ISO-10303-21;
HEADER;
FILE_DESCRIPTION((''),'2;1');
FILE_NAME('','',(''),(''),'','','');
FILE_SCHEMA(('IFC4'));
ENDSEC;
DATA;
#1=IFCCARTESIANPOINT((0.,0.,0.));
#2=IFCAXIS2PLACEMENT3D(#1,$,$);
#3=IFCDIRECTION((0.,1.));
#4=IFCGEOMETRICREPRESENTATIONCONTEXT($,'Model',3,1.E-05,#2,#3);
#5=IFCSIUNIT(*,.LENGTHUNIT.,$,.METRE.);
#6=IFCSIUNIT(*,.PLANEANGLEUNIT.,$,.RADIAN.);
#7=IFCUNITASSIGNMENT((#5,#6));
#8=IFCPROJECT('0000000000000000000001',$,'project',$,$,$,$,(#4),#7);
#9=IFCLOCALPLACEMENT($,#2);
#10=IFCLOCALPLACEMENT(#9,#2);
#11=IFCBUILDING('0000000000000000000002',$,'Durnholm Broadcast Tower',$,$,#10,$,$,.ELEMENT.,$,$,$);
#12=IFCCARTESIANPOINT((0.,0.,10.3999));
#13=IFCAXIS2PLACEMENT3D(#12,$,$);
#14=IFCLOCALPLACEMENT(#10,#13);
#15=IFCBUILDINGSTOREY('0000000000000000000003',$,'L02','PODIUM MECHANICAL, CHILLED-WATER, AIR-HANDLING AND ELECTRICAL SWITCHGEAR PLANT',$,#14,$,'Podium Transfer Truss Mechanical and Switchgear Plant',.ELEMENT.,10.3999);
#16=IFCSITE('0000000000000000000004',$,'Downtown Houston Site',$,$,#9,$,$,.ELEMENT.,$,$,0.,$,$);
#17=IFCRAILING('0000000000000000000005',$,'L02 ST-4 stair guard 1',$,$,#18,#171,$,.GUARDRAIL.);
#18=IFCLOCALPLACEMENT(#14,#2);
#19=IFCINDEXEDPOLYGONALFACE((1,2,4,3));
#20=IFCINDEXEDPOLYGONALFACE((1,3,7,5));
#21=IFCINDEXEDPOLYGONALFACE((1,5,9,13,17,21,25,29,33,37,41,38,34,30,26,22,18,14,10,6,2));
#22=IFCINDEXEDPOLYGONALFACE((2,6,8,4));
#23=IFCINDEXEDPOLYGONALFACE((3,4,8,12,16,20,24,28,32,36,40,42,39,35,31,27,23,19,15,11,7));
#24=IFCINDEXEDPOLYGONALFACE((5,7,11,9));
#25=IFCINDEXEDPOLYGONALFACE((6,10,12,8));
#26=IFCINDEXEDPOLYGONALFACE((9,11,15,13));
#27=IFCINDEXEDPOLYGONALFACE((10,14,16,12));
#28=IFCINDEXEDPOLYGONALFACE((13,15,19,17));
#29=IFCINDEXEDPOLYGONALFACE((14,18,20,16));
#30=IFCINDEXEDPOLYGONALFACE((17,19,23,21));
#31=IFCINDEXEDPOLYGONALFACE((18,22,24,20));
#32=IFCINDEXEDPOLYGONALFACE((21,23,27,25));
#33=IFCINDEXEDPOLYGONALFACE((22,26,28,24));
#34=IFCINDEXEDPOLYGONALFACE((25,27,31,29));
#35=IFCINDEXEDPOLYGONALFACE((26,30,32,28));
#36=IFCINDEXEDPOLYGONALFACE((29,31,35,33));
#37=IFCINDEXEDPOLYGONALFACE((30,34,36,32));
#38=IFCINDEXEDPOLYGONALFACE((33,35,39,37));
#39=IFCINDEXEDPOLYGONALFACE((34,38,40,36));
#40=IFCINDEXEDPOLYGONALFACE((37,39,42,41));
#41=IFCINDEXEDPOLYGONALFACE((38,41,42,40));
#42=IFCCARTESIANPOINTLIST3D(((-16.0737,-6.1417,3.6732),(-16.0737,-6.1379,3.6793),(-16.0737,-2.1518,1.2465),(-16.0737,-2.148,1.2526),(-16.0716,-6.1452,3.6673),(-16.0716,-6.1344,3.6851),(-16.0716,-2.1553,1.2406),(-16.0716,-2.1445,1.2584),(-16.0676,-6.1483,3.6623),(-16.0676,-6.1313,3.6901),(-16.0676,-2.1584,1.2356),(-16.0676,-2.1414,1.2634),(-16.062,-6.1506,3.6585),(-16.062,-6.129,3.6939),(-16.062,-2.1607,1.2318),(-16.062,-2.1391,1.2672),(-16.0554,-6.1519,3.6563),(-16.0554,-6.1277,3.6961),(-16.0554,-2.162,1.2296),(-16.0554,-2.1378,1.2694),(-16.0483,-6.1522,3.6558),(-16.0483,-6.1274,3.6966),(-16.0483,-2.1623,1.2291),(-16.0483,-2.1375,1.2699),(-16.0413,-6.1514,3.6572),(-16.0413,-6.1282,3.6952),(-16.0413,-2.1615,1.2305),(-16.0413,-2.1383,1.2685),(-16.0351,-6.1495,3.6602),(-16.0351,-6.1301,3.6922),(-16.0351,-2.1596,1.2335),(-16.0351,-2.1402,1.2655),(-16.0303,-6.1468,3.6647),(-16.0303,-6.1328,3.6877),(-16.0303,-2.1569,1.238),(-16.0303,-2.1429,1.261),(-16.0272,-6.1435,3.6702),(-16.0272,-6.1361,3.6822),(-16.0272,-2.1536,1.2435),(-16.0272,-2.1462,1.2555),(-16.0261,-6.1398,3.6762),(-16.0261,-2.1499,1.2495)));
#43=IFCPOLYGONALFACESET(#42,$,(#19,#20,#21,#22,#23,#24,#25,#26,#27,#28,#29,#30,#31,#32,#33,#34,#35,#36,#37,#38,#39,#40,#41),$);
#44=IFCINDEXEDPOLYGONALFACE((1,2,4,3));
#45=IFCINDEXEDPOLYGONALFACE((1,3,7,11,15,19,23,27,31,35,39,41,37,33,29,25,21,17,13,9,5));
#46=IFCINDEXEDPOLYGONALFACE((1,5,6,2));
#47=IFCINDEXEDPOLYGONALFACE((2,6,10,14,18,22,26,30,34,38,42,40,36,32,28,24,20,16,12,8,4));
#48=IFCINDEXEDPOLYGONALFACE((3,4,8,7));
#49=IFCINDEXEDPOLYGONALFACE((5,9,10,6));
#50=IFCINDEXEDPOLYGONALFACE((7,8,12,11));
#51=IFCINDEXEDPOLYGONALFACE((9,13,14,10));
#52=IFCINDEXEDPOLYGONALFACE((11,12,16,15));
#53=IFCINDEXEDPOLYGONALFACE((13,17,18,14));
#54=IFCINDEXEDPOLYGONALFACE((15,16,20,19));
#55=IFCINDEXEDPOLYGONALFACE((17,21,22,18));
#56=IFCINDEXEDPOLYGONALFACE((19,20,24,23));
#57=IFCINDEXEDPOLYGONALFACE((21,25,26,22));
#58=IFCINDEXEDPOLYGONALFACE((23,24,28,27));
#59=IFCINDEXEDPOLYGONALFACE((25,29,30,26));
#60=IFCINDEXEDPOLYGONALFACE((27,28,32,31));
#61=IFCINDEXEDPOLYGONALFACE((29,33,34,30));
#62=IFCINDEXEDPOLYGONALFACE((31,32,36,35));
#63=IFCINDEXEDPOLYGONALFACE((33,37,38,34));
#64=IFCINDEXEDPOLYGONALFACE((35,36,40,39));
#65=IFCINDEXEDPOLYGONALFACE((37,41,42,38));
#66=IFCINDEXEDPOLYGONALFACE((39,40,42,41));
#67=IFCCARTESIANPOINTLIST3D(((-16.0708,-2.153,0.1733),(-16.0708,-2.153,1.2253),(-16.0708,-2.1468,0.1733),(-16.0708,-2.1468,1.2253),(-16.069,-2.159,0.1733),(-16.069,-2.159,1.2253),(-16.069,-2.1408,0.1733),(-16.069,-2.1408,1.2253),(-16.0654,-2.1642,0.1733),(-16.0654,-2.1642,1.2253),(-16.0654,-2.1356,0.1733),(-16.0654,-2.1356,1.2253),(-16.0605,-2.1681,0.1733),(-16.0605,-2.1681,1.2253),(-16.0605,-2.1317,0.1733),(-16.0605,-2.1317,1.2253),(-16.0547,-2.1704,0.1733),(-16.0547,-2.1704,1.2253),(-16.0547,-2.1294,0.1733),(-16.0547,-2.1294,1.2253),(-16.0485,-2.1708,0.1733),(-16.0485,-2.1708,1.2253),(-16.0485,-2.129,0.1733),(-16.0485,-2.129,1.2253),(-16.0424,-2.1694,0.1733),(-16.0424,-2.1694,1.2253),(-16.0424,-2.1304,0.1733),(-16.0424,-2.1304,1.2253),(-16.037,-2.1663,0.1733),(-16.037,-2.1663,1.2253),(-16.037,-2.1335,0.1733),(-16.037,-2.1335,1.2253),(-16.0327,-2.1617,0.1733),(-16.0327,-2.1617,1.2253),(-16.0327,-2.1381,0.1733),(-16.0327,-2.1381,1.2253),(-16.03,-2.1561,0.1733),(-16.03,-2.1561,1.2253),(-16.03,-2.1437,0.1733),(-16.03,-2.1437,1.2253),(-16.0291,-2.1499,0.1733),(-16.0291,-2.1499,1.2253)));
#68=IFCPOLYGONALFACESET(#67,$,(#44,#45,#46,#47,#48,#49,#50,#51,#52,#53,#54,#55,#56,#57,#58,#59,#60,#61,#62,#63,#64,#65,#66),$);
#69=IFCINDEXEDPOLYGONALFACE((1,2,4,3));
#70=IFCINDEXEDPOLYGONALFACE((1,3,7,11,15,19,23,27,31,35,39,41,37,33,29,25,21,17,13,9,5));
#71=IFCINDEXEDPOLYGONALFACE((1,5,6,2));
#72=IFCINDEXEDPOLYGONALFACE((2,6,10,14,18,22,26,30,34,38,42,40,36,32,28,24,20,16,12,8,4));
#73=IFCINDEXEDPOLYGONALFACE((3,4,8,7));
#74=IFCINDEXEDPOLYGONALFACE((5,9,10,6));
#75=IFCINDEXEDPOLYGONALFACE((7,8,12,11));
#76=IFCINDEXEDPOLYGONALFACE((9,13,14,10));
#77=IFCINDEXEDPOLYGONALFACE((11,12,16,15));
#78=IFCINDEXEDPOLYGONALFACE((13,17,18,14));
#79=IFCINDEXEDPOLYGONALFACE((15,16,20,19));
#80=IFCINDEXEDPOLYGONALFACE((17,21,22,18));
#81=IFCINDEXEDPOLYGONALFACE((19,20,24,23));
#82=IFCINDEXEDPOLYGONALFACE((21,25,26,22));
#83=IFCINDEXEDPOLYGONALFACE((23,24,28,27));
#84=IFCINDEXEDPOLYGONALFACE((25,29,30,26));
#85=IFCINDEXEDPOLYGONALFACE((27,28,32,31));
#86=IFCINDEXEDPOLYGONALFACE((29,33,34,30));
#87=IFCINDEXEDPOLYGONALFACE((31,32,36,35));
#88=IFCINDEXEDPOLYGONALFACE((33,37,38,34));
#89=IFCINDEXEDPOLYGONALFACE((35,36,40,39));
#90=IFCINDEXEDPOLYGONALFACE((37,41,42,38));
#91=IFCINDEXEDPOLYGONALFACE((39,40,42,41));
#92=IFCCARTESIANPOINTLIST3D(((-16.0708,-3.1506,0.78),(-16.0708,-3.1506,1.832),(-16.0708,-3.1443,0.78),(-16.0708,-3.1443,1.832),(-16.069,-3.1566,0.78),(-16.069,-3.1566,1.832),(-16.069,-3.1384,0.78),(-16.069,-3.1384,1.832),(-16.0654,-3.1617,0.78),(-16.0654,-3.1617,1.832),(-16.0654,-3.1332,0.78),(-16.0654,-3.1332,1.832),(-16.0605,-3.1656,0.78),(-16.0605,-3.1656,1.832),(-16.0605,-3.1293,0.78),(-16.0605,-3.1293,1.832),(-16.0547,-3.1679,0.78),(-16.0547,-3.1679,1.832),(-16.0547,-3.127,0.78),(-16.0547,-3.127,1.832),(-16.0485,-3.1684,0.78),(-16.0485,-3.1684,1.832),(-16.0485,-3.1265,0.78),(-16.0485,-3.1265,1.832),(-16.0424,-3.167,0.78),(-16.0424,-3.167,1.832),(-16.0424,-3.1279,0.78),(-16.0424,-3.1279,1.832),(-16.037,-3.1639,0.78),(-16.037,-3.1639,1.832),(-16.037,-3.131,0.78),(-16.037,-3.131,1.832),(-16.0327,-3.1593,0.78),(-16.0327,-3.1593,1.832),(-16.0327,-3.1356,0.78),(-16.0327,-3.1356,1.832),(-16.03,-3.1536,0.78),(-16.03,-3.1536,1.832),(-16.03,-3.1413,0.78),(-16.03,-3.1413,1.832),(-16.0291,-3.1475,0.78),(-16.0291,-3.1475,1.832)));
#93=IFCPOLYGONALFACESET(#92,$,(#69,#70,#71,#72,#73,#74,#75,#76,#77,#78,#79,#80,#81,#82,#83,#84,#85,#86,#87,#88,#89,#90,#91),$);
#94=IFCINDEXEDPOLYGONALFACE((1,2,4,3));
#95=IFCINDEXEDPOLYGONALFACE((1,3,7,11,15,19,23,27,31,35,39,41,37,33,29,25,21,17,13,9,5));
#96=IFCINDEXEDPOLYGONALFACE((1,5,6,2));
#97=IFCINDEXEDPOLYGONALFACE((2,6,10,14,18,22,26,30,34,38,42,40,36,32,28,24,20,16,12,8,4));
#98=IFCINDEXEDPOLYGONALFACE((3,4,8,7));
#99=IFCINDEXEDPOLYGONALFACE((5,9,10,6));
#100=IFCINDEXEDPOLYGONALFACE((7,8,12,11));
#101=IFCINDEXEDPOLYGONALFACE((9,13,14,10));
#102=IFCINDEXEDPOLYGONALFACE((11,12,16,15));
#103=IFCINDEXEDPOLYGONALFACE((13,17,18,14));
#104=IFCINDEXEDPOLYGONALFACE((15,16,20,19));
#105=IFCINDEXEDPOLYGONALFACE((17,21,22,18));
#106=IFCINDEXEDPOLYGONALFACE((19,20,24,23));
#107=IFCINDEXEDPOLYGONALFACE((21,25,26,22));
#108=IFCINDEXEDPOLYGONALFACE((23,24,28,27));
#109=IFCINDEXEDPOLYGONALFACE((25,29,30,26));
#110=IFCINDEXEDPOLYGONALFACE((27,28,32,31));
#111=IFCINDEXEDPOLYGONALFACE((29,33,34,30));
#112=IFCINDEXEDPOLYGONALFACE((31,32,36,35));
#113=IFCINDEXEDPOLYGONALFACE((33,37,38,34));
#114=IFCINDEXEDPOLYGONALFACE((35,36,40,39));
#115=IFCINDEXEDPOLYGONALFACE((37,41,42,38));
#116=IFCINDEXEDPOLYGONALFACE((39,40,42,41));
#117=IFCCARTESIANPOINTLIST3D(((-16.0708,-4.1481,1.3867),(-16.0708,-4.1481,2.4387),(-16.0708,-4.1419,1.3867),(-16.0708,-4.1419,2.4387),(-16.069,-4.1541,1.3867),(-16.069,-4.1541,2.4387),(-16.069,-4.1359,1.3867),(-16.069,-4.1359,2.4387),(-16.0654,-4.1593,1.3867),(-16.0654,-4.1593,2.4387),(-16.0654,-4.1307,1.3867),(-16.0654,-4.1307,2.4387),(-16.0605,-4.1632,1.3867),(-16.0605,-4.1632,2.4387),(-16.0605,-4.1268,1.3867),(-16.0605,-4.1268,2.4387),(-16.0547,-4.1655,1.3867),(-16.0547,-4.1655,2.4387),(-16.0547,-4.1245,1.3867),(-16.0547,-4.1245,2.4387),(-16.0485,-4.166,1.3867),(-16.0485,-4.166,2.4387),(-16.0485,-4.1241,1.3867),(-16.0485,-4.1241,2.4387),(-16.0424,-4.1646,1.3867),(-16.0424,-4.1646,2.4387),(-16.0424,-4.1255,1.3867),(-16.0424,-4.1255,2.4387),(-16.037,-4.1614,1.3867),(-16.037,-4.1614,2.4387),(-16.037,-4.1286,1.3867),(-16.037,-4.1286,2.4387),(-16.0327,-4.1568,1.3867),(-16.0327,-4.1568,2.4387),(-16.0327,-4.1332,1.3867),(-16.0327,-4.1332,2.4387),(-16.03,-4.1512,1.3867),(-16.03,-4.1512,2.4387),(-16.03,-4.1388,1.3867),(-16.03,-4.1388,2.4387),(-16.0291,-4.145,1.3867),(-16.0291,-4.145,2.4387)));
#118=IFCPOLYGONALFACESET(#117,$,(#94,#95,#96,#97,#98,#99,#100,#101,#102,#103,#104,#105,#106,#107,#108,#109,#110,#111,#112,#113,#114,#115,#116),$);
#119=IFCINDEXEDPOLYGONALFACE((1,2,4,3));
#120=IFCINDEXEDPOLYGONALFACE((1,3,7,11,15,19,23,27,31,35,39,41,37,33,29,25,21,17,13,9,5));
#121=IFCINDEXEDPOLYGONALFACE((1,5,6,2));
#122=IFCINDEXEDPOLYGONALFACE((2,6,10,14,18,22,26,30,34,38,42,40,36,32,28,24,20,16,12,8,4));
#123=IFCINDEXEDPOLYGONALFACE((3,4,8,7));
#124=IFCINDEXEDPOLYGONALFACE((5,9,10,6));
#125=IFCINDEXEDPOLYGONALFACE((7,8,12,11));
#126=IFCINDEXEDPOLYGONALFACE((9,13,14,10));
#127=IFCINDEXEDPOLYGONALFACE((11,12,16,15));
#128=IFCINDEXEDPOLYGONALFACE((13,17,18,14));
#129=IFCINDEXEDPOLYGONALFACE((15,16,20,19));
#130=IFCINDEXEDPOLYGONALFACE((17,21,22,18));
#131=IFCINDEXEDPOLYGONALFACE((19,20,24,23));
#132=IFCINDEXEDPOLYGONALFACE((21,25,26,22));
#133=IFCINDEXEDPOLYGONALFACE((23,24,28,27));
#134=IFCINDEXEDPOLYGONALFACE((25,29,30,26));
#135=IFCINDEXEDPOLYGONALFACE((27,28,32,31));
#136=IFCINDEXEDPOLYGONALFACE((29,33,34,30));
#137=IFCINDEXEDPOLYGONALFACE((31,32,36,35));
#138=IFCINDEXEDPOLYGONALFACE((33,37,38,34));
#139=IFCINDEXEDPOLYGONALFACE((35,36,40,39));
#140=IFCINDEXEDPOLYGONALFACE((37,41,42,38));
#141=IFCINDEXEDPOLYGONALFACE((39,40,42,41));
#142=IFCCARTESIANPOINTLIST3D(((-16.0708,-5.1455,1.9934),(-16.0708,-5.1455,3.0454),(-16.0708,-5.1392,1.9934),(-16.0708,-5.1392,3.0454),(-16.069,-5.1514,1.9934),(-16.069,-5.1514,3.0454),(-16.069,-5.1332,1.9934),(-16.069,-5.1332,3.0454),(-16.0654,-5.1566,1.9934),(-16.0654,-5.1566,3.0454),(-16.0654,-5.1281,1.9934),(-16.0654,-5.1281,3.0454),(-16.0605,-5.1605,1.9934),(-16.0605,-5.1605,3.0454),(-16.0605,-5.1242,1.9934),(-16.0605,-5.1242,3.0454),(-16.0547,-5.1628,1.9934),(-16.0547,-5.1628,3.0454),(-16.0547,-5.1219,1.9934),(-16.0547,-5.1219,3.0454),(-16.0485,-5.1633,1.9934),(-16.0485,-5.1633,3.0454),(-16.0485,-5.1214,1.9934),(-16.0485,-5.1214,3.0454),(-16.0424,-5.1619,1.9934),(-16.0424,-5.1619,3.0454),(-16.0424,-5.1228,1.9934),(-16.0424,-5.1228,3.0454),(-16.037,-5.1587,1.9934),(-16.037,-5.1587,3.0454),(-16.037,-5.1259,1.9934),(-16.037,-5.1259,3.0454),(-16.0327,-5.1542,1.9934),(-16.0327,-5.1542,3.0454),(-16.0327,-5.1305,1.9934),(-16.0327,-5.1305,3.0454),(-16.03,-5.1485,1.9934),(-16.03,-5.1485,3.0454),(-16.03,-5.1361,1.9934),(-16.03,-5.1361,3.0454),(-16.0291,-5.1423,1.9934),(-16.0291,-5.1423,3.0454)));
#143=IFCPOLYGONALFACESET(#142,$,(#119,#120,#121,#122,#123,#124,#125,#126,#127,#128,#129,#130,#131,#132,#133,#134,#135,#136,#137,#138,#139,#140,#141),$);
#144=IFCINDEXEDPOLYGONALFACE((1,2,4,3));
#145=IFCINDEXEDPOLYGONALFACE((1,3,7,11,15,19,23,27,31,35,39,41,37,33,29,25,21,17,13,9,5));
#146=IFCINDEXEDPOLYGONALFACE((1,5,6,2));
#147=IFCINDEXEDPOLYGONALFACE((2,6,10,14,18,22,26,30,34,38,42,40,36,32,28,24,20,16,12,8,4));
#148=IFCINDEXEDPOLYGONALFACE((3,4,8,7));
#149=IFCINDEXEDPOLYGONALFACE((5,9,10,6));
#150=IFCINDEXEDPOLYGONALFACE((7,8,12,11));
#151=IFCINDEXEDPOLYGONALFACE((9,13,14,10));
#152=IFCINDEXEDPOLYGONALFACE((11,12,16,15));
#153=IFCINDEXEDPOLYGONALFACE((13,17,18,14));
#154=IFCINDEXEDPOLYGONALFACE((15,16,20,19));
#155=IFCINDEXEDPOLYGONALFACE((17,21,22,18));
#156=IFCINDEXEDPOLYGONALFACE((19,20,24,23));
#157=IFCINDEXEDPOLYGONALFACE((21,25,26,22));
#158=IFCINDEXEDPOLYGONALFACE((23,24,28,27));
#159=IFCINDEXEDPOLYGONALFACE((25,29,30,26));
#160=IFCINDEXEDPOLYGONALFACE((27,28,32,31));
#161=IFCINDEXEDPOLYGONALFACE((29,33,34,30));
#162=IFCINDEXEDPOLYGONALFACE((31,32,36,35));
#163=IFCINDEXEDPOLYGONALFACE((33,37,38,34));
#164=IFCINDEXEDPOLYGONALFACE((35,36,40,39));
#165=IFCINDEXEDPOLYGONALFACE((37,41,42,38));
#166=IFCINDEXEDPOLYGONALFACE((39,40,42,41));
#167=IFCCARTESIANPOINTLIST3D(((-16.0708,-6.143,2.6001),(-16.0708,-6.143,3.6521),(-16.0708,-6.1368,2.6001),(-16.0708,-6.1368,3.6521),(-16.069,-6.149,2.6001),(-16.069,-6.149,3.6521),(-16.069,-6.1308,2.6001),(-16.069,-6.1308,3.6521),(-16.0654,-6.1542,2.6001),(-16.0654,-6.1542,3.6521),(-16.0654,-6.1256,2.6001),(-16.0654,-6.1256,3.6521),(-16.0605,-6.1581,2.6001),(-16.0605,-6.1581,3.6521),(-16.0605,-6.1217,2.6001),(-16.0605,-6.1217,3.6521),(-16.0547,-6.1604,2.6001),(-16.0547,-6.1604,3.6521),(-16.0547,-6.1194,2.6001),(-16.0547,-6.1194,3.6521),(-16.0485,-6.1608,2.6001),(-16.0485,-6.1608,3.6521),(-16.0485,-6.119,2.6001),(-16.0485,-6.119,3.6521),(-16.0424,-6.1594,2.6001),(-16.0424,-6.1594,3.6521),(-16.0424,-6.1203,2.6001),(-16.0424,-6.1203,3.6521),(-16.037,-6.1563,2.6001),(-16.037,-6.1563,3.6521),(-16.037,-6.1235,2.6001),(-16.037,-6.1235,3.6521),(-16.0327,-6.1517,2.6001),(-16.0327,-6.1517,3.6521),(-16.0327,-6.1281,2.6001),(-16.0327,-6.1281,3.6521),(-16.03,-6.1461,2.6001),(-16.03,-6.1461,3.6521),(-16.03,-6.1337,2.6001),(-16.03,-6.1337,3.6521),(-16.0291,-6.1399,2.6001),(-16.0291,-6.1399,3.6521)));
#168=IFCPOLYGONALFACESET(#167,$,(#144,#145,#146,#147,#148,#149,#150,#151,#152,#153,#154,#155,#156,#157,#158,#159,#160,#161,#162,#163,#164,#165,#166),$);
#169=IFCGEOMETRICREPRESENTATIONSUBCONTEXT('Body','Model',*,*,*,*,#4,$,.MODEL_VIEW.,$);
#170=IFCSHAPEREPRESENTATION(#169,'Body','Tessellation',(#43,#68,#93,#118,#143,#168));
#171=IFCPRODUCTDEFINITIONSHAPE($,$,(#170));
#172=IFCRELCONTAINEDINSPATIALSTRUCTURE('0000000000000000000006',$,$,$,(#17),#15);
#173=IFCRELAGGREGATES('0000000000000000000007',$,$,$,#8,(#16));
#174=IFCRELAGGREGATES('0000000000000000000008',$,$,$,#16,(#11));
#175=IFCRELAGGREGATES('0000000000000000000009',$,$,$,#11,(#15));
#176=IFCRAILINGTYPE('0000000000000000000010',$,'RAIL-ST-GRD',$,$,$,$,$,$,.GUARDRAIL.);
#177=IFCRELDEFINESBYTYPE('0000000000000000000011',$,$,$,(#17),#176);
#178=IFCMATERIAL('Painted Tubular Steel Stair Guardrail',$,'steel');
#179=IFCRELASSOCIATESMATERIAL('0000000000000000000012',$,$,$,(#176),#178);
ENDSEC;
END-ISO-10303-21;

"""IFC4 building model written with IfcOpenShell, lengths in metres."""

from ifc_helpers import new_model, si_unit, direction, frame, origin, origin_2d, place, context, subcontext, project, spatial, circle, extrude, material, type_object, element, save


model = new_model("IFC4")

# Units and contexts
model_context = context("Model", 3, precision=1e-05, world=origin(), true_north=direction((0.0, 1.0)))
body_context = subcontext(model_context, "Body", "Model", "MODEL_VIEW")
ifc_project = project(units=[si_unit("LENGTHUNIT", "METRE"), si_unit("PLANEANGLEUNIT", "RADIAN")], contexts=[model_context])

# Site, building, storey
site_placement = place(None, origin())
site = spatial("IfcSite", under=ifc_project, at=site_placement, Name="Downtown Houston Site", CompositionType="ELEMENT", RefElevation=0.0)
building_placement = place(site_placement, origin())
building = spatial("IfcBuilding", under=site, at=building_placement, Name="Durnholm Broadcast Tower", CompositionType="ELEMENT")
storey_placement = place(building_placement, frame((0.0, 0.0, 10.3999)))
storey = spatial("IfcBuildingStorey", under=building, at=storey_placement, Name="L02", Description="PODIUM MECHANICAL, CHILLED-WATER, AIR-HANDLING AND ELECTRICAL SWITCHGEAR PLANT", LongName="Podium Transfer Truss Mechanical and Switchgear Plant", CompositionType="ELEMENT", Elevation=10.3999)

# Railing
ifc_material_1 = material(Name="Painted Tubular Steel Stair Guardrail", Category="steel")
railing_type_1 = type_object("IfcRailingType", Name="RAIL-ST-GRD", PredefinedType="GUARDRAIL", material=ifc_material_1)
railing_1_placement = place(storey_placement, frame((-16.05, -2.1499, 0.1733)))
element("IfcRailing", 1, at=railing_1_placement, inside=storey, type_object=railing_type_1, Name="L02 ST-4 stair guard 1", PredefinedType="GUARDRAIL", context=body_context, shape_type="SweptSolid", body=[
    extrude(circle(Radius=0.0239, at=origin_2d()), frame((0.0, 0.0, 1.0762), z_axis=(0.0, -0.854382, 0.519645), x_axis=(1.0, 0.0, 0.0)), (0.0, 0.0, 1.0), 4.6699),
    extrude(circle(Radius=0.021, at=origin_2d()), origin(), (0.0, 0.0, 1.0), 1.052),
    extrude(circle(Radius=0.021, at=origin_2d()), frame((0.0, -0.9976, 0.6067)), (0.0, 0.0, 1.0), 1.052),
    extrude(circle(Radius=0.021, at=origin_2d()), frame((0.0, -1.9951, 1.2134)), (0.0, 0.0, 1.0), 1.052),
    extrude(circle(Radius=0.021, at=origin_2d()), frame((0.0, -2.9924, 1.8201)), (0.0, 0.0, 1.0), 1.052),
    extrude(circle(Radius=0.021, at=origin_2d()), frame((0.0, -3.99, 2.4268)), (0.0, 0.0, 1.0), 1.052),
])

save(model, "model.ifc")
